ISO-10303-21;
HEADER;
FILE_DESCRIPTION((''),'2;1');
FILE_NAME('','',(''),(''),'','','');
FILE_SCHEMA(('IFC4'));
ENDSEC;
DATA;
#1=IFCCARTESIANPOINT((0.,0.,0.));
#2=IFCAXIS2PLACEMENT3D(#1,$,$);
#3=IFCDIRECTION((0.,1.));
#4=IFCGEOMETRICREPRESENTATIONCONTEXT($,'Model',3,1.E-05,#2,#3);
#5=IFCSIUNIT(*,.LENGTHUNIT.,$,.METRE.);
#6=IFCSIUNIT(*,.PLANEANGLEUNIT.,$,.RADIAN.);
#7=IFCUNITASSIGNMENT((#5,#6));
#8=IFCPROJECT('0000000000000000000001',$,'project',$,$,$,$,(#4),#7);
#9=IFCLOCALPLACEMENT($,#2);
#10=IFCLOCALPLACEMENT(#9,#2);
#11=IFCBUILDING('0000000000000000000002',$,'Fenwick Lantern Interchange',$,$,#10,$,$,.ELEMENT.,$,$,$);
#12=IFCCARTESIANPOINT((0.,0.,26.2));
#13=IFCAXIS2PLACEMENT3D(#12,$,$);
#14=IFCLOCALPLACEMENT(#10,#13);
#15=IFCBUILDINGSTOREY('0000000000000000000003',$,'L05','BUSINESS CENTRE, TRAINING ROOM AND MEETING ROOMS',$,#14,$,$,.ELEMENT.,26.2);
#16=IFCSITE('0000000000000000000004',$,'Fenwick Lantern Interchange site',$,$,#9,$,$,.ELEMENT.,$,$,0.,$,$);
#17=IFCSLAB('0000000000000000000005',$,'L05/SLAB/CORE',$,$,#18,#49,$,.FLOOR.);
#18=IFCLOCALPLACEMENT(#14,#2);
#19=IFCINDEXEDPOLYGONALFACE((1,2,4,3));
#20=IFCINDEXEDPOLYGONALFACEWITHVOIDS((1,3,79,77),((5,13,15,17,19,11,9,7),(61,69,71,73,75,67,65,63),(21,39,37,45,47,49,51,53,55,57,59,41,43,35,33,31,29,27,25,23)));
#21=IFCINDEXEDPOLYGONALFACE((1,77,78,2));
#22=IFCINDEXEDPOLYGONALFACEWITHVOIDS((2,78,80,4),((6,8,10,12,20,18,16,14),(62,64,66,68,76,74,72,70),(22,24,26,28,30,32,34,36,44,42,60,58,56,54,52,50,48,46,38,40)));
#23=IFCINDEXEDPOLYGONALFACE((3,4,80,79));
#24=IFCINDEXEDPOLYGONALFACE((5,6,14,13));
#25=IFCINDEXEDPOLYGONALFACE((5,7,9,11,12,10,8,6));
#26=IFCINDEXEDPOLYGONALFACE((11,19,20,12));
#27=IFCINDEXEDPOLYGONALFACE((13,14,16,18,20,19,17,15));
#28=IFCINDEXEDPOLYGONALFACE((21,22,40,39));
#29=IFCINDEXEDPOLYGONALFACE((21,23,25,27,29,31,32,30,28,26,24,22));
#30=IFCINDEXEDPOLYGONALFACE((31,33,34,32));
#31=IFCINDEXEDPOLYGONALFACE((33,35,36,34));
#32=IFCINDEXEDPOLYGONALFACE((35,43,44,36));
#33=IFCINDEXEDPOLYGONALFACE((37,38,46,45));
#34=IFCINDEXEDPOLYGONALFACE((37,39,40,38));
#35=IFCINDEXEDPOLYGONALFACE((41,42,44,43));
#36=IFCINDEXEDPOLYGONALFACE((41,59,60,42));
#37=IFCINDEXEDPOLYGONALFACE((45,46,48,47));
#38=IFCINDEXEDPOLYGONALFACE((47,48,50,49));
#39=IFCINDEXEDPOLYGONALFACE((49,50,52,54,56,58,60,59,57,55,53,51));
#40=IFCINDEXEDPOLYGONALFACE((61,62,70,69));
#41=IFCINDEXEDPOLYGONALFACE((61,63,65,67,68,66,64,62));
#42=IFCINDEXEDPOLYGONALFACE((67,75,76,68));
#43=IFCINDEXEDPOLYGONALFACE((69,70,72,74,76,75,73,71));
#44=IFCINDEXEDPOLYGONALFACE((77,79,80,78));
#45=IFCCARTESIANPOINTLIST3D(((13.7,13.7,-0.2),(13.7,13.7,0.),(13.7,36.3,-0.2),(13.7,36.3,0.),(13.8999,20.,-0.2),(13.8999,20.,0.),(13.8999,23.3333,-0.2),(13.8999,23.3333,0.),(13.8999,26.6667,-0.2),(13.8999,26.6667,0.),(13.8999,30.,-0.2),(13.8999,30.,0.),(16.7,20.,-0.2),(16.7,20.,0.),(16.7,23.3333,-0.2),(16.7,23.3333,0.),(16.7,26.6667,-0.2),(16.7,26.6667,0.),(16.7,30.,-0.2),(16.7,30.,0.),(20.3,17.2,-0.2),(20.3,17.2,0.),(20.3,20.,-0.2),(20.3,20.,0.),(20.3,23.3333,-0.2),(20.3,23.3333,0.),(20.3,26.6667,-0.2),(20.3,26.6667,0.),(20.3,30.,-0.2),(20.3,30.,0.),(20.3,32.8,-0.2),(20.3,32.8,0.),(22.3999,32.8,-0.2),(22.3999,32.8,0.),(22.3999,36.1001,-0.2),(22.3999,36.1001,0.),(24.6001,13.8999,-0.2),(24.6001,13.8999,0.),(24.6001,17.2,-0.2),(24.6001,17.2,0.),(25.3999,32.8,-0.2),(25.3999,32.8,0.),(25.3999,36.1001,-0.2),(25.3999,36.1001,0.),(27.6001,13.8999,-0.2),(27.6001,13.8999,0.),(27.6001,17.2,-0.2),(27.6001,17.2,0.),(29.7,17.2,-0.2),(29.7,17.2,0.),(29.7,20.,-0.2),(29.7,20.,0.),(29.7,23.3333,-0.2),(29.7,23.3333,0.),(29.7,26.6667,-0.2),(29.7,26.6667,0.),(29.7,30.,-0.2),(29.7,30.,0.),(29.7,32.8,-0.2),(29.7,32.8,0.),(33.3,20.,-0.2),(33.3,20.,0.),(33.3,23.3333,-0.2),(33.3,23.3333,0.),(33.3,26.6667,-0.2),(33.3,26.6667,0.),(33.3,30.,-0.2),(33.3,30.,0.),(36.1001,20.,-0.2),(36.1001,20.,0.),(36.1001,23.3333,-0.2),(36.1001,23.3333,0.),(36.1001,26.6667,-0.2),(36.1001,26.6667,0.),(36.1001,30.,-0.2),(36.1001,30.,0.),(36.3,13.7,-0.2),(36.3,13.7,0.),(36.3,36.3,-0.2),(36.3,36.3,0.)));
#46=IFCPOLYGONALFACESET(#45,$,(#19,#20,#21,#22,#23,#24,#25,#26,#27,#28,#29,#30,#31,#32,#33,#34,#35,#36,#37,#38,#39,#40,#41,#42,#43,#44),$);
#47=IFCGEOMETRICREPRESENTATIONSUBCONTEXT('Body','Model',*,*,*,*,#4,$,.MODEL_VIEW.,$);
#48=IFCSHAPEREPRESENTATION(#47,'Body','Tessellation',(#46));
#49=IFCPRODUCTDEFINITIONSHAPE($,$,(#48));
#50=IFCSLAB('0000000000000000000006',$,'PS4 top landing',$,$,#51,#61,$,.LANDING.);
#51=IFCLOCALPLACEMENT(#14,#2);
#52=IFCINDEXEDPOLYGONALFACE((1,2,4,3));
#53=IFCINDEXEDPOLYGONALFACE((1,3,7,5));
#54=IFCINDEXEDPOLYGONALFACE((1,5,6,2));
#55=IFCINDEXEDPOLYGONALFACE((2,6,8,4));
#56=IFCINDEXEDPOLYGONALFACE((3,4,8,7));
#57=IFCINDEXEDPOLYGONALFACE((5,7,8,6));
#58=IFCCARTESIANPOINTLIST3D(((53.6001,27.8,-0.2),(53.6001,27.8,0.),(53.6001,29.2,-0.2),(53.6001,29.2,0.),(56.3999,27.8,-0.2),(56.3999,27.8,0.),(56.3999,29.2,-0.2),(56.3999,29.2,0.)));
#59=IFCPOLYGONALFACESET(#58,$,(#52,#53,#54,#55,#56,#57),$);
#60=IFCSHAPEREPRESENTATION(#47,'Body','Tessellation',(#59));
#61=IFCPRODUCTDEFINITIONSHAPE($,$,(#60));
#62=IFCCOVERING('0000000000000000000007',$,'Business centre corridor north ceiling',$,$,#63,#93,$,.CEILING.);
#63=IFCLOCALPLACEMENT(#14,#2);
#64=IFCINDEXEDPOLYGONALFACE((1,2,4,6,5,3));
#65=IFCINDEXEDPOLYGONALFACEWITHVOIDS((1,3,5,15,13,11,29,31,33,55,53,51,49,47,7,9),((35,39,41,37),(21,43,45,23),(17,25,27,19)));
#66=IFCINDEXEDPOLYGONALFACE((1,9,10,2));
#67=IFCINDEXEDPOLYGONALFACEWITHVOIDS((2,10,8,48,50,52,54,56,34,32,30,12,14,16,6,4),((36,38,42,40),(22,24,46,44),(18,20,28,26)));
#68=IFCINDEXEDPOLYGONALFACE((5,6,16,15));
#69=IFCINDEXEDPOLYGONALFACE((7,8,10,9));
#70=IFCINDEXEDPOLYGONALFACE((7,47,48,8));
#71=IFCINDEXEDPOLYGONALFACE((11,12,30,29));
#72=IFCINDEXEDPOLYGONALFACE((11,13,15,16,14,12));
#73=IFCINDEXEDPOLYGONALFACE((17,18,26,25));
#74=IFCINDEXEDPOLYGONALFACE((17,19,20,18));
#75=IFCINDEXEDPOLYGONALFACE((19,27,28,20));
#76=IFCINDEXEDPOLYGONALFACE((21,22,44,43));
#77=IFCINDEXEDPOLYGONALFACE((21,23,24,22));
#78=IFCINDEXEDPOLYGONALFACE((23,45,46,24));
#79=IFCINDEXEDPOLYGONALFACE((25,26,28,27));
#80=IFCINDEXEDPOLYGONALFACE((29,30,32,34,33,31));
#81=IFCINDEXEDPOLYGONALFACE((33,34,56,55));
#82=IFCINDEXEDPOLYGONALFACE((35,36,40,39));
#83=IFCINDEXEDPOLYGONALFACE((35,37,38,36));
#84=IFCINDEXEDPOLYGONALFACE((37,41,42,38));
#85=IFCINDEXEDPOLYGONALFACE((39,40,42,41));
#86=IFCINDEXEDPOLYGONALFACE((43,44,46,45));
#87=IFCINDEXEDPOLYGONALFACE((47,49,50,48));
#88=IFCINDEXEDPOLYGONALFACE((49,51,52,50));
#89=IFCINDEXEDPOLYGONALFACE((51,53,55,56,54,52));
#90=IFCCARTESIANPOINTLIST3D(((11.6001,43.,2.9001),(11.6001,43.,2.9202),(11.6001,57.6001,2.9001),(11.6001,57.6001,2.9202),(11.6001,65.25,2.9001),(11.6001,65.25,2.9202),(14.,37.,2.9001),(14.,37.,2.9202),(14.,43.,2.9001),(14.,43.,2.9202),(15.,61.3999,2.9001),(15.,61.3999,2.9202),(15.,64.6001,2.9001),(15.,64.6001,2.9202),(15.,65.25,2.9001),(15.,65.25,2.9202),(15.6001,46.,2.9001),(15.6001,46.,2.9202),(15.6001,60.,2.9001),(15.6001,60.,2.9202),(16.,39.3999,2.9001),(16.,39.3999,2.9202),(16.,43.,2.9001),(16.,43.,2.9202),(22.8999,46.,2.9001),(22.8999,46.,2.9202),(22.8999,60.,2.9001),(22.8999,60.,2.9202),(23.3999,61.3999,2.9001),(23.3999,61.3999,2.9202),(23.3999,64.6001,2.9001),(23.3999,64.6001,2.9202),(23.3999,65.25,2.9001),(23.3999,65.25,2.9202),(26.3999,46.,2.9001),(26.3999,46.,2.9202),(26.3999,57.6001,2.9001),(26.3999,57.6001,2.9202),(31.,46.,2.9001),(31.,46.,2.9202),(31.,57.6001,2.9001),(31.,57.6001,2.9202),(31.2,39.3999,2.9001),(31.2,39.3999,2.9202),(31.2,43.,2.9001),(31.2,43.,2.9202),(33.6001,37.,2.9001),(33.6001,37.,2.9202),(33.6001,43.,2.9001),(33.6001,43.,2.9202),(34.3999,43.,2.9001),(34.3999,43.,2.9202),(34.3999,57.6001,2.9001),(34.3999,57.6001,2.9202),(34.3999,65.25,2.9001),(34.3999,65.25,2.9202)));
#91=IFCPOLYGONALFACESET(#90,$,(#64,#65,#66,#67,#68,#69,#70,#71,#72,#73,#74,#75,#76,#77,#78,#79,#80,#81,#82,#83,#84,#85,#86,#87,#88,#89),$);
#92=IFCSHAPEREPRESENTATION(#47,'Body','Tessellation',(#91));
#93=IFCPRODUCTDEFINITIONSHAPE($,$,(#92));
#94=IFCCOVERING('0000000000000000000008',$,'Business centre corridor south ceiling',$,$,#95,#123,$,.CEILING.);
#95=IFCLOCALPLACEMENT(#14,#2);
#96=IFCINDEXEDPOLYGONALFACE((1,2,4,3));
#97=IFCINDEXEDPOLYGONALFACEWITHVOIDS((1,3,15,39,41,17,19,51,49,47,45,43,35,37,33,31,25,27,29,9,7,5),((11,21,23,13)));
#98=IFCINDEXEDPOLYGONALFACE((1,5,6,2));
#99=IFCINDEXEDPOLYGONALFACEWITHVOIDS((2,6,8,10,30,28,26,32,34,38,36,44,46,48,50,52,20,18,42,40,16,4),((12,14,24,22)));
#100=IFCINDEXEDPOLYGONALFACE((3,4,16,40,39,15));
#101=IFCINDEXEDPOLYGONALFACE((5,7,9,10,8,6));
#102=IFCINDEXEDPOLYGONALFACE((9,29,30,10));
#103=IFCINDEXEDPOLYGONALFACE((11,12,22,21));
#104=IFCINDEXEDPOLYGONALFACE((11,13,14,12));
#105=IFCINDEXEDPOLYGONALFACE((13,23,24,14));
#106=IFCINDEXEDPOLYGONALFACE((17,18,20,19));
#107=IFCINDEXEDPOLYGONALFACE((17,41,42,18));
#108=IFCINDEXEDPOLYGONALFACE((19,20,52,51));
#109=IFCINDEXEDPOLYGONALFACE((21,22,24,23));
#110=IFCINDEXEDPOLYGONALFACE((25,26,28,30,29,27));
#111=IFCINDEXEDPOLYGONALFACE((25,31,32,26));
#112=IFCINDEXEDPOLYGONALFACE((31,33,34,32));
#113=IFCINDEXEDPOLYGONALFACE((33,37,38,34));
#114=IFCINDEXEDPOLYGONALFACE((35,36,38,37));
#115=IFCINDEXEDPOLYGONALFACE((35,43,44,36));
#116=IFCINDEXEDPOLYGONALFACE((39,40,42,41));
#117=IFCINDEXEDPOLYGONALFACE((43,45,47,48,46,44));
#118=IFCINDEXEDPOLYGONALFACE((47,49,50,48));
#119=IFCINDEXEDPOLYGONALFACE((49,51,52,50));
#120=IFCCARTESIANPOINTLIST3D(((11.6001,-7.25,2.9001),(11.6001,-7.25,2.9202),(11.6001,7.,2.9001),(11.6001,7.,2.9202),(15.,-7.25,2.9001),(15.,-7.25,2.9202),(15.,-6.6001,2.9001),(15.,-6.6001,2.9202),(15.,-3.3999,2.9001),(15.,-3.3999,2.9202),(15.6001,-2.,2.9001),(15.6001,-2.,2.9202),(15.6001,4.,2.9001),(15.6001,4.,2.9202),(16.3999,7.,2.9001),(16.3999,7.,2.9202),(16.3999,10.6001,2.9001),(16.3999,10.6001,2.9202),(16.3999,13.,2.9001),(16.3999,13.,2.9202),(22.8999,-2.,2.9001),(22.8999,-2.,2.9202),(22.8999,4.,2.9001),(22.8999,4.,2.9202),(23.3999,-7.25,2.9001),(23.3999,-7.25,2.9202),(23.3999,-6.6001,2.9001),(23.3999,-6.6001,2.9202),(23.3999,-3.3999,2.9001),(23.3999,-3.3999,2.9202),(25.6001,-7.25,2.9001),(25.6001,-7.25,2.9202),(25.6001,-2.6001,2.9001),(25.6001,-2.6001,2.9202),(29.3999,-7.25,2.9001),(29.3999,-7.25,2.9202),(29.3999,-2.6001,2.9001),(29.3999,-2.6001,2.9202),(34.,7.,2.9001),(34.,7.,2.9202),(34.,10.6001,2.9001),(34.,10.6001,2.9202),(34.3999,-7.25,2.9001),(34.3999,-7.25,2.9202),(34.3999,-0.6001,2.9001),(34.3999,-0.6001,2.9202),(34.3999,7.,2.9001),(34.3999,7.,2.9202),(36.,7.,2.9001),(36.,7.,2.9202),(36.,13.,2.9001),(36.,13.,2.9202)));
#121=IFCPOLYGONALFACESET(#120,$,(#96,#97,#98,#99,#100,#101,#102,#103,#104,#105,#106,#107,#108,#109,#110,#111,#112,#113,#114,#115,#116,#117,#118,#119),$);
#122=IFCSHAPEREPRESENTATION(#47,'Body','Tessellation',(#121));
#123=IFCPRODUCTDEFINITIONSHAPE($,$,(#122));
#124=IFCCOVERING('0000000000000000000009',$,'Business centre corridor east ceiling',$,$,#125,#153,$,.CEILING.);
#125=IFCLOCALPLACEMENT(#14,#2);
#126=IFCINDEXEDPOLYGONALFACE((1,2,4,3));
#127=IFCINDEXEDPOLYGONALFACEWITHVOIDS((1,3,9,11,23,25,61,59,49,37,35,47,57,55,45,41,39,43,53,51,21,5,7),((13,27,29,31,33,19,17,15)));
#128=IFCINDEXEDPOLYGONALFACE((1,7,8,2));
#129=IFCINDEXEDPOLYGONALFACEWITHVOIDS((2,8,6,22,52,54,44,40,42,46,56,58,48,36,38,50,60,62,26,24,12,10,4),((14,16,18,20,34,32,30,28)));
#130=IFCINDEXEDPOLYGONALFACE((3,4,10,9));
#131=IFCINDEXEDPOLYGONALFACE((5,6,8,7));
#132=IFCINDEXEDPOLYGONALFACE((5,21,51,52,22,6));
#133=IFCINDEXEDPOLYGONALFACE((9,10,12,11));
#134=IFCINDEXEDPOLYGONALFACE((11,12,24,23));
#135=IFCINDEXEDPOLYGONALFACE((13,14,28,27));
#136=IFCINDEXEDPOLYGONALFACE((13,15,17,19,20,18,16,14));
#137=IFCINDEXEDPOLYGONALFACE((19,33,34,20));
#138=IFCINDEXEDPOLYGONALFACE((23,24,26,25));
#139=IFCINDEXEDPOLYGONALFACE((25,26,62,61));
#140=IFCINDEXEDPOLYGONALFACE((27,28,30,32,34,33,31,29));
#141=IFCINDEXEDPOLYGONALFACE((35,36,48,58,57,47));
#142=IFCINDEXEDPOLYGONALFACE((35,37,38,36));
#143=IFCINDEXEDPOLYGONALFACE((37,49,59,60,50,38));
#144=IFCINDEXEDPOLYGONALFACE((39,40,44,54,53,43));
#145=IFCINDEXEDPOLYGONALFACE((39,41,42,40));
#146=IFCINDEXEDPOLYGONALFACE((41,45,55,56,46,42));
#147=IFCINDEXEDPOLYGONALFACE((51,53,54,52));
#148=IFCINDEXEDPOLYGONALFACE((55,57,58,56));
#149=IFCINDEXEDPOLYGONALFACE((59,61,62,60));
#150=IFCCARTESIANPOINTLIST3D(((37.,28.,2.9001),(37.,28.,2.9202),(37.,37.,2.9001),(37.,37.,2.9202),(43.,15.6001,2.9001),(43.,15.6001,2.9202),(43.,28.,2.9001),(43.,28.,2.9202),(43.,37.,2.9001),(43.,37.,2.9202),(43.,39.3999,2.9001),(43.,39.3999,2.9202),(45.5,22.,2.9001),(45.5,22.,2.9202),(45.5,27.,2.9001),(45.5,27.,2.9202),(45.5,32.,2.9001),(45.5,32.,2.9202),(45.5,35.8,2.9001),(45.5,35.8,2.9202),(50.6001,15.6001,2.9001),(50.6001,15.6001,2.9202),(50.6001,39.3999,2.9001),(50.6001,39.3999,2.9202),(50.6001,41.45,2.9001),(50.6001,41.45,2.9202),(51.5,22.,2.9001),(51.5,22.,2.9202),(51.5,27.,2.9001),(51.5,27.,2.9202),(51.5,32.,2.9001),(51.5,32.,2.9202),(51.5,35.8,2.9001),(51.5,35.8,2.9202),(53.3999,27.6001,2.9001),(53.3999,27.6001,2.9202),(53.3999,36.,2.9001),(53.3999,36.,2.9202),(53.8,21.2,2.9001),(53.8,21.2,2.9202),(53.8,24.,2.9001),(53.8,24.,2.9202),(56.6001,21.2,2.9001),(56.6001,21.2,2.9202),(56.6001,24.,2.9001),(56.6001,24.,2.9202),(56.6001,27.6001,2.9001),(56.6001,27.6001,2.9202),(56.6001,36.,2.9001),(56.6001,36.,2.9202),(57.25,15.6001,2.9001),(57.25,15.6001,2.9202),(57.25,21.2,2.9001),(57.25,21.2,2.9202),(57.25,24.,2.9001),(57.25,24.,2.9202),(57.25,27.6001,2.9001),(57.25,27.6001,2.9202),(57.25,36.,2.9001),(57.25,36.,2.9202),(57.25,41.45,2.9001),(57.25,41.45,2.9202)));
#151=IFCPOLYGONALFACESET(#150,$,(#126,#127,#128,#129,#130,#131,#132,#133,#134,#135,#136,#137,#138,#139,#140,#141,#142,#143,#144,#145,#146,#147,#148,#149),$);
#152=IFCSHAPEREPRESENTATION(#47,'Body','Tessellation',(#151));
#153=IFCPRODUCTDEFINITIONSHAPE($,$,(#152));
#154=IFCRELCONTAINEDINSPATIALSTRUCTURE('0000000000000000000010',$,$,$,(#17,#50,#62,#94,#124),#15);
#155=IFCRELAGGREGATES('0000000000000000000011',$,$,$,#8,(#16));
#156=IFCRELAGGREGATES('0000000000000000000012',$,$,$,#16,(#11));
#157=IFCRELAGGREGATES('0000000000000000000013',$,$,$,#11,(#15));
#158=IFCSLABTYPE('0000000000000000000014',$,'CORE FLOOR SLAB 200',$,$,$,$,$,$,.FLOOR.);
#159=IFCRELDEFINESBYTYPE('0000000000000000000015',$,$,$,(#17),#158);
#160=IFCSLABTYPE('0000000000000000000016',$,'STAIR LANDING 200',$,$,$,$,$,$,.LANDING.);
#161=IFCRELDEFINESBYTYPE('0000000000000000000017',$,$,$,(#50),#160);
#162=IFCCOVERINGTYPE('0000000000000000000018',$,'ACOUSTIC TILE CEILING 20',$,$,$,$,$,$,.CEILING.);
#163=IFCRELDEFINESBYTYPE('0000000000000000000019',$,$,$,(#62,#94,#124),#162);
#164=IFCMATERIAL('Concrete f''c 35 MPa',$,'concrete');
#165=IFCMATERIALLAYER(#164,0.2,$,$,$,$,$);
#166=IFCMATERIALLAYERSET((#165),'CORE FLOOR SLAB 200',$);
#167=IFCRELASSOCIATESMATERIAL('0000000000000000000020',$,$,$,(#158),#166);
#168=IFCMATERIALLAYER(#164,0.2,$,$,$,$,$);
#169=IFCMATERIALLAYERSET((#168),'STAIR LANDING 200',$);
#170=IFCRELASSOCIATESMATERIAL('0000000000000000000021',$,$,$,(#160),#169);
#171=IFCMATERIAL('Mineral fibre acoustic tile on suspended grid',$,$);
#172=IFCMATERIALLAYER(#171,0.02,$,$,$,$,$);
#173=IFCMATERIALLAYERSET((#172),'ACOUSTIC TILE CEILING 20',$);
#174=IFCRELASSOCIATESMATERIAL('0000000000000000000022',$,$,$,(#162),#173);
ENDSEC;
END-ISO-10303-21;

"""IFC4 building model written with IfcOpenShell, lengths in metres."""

from ifc_helpers import new_model, si_unit, direction, frame, origin, place, context, subcontext, project, spatial, polyline, outline, extrude, material, layer, layer_set, type_object, element, save


model = new_model("IFC4")

# Units and contexts
model_context = context("Model", 3, precision=1e-05, world=origin(), true_north=direction((0.0, 1.0)))
body_context = subcontext(model_context, "Body", "Model", "MODEL_VIEW")
ifc_project = project(units=[si_unit("LENGTHUNIT", "METRE"), si_unit("PLANEANGLEUNIT", "RADIAN")], contexts=[model_context])

# Site, building, storey
site_placement = place(None, origin())
site = spatial("IfcSite", under=ifc_project, at=site_placement, Name="Fenwick Lantern Interchange site", CompositionType="ELEMENT", RefElevation=0.0)
building_placement = place(site_placement, origin())
building = spatial("IfcBuilding", under=site, at=building_placement, Name="Fenwick Lantern Interchange", CompositionType="ELEMENT")
storey_placement = place(building_placement, frame((0.0, 0.0, 26.2)))
storey = spatial("IfcBuildingStorey", under=building, at=storey_placement, Name="L05", Description="BUSINESS CENTRE, TRAINING ROOM AND MEETING ROOMS", CompositionType="ELEMENT", Elevation=26.2)

# Slabs
ifc_material_1 = material(Name="Concrete f'c 35 MPa", Category="concrete")
ifc_layer_1 = layer(ifc_material_1, 0.2)
ifc_layer_set_1 = layer_set([ifc_layer_1], Name="CORE FLOOR SLAB 200")
slab_type_1 = type_object("IfcSlabType", Name="CORE FLOOR SLAB 200", PredefinedType="FLOOR", material=ifc_layer_set_1)
slab_1_placement = place(storey_placement, frame((0.0, 0.0, -0.2)))
element("IfcSlab", 1, at=slab_1_placement, inside=storey, type_object=slab_type_1, Name="L05/SLAB/CORE", PredefinedType="FLOOR", context=body_context, shape_type="SweptSolid", body=[
    extrude(outline(polyline([(13.7, 36.3), (36.3, 36.3), (36.3, 13.7), (13.7, 13.7), (13.7, 36.3)]), holes=[polyline([(13.8999, 20.0), (16.7, 20.0), (16.7, 23.3333), (16.7, 26.6667), (16.7, 30.0), (13.8999, 30.0), (13.8999, 26.6667), (13.8999, 23.3333), (13.8999, 20.0)]), polyline([(20.3, 20.0), (20.3, 17.2), (24.6001, 17.2), (24.6001, 13.8999), (27.6001, 13.8999), (27.6001, 17.2), (29.7, 17.2), (29.7, 20.0), (29.7, 23.3333), (29.7, 26.6667), (29.7, 30.0), (29.7, 32.8), (25.3999, 32.8), (25.3999, 36.1001), (22.3999, 36.1001), (22.3999, 32.8), (20.3, 32.8), (20.3, 30.0), (20.3, 26.6667), (20.3, 23.3333), (20.3, 20.0)]), polyline([(33.3, 23.3333), (33.3, 20.0), (36.1001, 20.0), (36.1001, 23.3333), (36.1001, 26.6667), (36.1001, 30.0), (33.3, 30.0), (33.3, 26.6667), (33.3, 23.3333)])]), origin(), (0.0, 0.0, 1.0), 0.2),
])
ifc_layer_2 = layer(ifc_material_1, 0.2)
ifc_layer_set_2 = layer_set([ifc_layer_2], Name="STAIR LANDING 200")
slab_type_2 = type_object("IfcSlabType", Name="STAIR LANDING 200", PredefinedType="LANDING", material=ifc_layer_set_2)
slab_2_placement = place(storey_placement, frame((0.0, 0.0, -0.2)))
element("IfcSlab", 2, at=slab_2_placement, inside=storey, type_object=slab_type_2, Name="PS4 top landing", PredefinedType="LANDING", context=body_context, shape_type="SweptSolid", body=[
    extrude(outline(polyline([(53.6001, 27.8), (56.3999, 27.8), (56.3999, 29.2), (53.6001, 29.2), (53.6001, 27.8)])), origin(), (0.0, 0.0, 1.0), 0.2),
])

# Coverings
ifc_material_2 = material(Name="Mineral fibre acoustic tile on suspended grid")
ifc_layer_3 = layer(ifc_material_2, 0.02)
ifc_layer_set_3 = layer_set([ifc_layer_3], Name="ACOUSTIC TILE CEILING 20")
covering_type_1 = type_object("IfcCoveringType", Name="ACOUSTIC TILE CEILING 20", PredefinedType="CEILING", material=ifc_layer_set_3)
covering_1_placement = place(storey_placement, frame((0.0, 0.0, 2.9001)))
element("IfcCovering", 3, at=covering_1_placement, inside=storey, type_object=covering_type_1, Name="Business centre corridor north ceiling", PredefinedType="CEILING", context=body_context, shape_type="SweptSolid", body=[
    extrude(outline(polyline([(34.3999, 65.25), (23.3999, 65.25), (23.3999, 64.6001), (23.3999, 61.3999), (15.0, 61.3999), (15.0, 64.6001), (15.0, 65.25), (11.6001, 65.25), (11.6001, 57.6001), (11.6001, 43.0), (14.0, 43.0), (14.0, 37.0), (33.6001, 37.0), (33.6001, 43.0), (34.3999, 43.0), (34.3999, 57.6001), (34.3999, 65.25)]), holes=[polyline([(16.0, 43.0), (31.2, 43.0), (31.2, 39.3999), (16.0, 39.3999), (16.0, 43.0)]), polyline([(26.3999, 57.6001), (31.0, 57.6001), (31.0, 46.0), (26.3999, 46.0), (26.3999, 57.6001)]), polyline([(15.6001, 46.0), (15.6001, 60.0), (22.8999, 60.0), (22.8999, 46.0), (15.6001, 46.0)])]), origin(), (0.0, 0.0, 1.0), 0.02),
])
covering_2_placement = place(storey_placement, frame((0.0, 0.0, 2.9001)))
element("IfcCovering", 4, at=covering_2_placement, inside=storey, type_object=covering_type_1, Name="Business centre corridor south ceiling", PredefinedType="CEILING", context=body_context, shape_type="SweptSolid", body=[
    extrude(outline(polyline([(11.6001, -7.25), (15.0, -7.25), (15.0, -6.6001), (15.0, -3.3999), (23.3999, -3.3999), (23.3999, -6.6001), (23.3999, -7.25), (25.6001, -7.25), (25.6001, -2.6001), (29.3999, -2.6001), (29.3999, -7.25), (34.3999, -7.25), (34.3999, -0.6001), (34.3999, 7.0), (36.0, 7.0), (36.0, 13.0), (16.3999, 13.0), (16.3999, 10.6001), (34.0, 10.6001), (34.0, 7.0), (16.3999, 7.0), (11.6001, 7.0), (11.6001, -7.25)]), holes=[polyline([(22.8999, 4.0), (22.8999, -2.0), (15.6001, -2.0), (15.6001, 4.0), (22.8999, 4.0)])]), origin(), (0.0, 0.0, 1.0), 0.02),
])
covering_3_placement = place(storey_placement, frame((0.0, 0.0, 2.9001)))
element("IfcCovering", 5, at=covering_3_placement, inside=storey, type_object=covering_type_1, Name="Business centre corridor east ceiling", PredefinedType="CEILING", context=body_context, shape_type="SweptSolid", body=[
    extrude(outline(polyline([(57.25, 15.6001), (57.25, 21.2), (56.6001, 21.2), (53.8, 21.2), (53.8, 24.0), (56.6001, 24.0), (57.25, 24.0), (57.25, 27.6001), (56.6001, 27.6001), (53.3999, 27.6001), (53.3999, 36.0), (56.6001, 36.0), (57.25, 36.0), (57.25, 41.45), (50.6001, 41.45), (50.6001, 39.3999), (43.0, 39.3999), (43.0, 37.0), (37.0, 37.0), (37.0, 28.0), (43.0, 28.0), (43.0, 15.6001), (50.6001, 15.6001), (57.25, 15.6001)]), holes=[polyline([(45.5, 35.8), (51.5, 35.8), (51.5, 32.0), (51.5, 27.0), (51.5, 22.0), (45.5, 22.0), (45.5, 27.0), (45.5, 32.0), (45.5, 35.8)])]), origin(), (0.0, 0.0, 1.0), 0.02),
])

save(model, "model.ifc")
